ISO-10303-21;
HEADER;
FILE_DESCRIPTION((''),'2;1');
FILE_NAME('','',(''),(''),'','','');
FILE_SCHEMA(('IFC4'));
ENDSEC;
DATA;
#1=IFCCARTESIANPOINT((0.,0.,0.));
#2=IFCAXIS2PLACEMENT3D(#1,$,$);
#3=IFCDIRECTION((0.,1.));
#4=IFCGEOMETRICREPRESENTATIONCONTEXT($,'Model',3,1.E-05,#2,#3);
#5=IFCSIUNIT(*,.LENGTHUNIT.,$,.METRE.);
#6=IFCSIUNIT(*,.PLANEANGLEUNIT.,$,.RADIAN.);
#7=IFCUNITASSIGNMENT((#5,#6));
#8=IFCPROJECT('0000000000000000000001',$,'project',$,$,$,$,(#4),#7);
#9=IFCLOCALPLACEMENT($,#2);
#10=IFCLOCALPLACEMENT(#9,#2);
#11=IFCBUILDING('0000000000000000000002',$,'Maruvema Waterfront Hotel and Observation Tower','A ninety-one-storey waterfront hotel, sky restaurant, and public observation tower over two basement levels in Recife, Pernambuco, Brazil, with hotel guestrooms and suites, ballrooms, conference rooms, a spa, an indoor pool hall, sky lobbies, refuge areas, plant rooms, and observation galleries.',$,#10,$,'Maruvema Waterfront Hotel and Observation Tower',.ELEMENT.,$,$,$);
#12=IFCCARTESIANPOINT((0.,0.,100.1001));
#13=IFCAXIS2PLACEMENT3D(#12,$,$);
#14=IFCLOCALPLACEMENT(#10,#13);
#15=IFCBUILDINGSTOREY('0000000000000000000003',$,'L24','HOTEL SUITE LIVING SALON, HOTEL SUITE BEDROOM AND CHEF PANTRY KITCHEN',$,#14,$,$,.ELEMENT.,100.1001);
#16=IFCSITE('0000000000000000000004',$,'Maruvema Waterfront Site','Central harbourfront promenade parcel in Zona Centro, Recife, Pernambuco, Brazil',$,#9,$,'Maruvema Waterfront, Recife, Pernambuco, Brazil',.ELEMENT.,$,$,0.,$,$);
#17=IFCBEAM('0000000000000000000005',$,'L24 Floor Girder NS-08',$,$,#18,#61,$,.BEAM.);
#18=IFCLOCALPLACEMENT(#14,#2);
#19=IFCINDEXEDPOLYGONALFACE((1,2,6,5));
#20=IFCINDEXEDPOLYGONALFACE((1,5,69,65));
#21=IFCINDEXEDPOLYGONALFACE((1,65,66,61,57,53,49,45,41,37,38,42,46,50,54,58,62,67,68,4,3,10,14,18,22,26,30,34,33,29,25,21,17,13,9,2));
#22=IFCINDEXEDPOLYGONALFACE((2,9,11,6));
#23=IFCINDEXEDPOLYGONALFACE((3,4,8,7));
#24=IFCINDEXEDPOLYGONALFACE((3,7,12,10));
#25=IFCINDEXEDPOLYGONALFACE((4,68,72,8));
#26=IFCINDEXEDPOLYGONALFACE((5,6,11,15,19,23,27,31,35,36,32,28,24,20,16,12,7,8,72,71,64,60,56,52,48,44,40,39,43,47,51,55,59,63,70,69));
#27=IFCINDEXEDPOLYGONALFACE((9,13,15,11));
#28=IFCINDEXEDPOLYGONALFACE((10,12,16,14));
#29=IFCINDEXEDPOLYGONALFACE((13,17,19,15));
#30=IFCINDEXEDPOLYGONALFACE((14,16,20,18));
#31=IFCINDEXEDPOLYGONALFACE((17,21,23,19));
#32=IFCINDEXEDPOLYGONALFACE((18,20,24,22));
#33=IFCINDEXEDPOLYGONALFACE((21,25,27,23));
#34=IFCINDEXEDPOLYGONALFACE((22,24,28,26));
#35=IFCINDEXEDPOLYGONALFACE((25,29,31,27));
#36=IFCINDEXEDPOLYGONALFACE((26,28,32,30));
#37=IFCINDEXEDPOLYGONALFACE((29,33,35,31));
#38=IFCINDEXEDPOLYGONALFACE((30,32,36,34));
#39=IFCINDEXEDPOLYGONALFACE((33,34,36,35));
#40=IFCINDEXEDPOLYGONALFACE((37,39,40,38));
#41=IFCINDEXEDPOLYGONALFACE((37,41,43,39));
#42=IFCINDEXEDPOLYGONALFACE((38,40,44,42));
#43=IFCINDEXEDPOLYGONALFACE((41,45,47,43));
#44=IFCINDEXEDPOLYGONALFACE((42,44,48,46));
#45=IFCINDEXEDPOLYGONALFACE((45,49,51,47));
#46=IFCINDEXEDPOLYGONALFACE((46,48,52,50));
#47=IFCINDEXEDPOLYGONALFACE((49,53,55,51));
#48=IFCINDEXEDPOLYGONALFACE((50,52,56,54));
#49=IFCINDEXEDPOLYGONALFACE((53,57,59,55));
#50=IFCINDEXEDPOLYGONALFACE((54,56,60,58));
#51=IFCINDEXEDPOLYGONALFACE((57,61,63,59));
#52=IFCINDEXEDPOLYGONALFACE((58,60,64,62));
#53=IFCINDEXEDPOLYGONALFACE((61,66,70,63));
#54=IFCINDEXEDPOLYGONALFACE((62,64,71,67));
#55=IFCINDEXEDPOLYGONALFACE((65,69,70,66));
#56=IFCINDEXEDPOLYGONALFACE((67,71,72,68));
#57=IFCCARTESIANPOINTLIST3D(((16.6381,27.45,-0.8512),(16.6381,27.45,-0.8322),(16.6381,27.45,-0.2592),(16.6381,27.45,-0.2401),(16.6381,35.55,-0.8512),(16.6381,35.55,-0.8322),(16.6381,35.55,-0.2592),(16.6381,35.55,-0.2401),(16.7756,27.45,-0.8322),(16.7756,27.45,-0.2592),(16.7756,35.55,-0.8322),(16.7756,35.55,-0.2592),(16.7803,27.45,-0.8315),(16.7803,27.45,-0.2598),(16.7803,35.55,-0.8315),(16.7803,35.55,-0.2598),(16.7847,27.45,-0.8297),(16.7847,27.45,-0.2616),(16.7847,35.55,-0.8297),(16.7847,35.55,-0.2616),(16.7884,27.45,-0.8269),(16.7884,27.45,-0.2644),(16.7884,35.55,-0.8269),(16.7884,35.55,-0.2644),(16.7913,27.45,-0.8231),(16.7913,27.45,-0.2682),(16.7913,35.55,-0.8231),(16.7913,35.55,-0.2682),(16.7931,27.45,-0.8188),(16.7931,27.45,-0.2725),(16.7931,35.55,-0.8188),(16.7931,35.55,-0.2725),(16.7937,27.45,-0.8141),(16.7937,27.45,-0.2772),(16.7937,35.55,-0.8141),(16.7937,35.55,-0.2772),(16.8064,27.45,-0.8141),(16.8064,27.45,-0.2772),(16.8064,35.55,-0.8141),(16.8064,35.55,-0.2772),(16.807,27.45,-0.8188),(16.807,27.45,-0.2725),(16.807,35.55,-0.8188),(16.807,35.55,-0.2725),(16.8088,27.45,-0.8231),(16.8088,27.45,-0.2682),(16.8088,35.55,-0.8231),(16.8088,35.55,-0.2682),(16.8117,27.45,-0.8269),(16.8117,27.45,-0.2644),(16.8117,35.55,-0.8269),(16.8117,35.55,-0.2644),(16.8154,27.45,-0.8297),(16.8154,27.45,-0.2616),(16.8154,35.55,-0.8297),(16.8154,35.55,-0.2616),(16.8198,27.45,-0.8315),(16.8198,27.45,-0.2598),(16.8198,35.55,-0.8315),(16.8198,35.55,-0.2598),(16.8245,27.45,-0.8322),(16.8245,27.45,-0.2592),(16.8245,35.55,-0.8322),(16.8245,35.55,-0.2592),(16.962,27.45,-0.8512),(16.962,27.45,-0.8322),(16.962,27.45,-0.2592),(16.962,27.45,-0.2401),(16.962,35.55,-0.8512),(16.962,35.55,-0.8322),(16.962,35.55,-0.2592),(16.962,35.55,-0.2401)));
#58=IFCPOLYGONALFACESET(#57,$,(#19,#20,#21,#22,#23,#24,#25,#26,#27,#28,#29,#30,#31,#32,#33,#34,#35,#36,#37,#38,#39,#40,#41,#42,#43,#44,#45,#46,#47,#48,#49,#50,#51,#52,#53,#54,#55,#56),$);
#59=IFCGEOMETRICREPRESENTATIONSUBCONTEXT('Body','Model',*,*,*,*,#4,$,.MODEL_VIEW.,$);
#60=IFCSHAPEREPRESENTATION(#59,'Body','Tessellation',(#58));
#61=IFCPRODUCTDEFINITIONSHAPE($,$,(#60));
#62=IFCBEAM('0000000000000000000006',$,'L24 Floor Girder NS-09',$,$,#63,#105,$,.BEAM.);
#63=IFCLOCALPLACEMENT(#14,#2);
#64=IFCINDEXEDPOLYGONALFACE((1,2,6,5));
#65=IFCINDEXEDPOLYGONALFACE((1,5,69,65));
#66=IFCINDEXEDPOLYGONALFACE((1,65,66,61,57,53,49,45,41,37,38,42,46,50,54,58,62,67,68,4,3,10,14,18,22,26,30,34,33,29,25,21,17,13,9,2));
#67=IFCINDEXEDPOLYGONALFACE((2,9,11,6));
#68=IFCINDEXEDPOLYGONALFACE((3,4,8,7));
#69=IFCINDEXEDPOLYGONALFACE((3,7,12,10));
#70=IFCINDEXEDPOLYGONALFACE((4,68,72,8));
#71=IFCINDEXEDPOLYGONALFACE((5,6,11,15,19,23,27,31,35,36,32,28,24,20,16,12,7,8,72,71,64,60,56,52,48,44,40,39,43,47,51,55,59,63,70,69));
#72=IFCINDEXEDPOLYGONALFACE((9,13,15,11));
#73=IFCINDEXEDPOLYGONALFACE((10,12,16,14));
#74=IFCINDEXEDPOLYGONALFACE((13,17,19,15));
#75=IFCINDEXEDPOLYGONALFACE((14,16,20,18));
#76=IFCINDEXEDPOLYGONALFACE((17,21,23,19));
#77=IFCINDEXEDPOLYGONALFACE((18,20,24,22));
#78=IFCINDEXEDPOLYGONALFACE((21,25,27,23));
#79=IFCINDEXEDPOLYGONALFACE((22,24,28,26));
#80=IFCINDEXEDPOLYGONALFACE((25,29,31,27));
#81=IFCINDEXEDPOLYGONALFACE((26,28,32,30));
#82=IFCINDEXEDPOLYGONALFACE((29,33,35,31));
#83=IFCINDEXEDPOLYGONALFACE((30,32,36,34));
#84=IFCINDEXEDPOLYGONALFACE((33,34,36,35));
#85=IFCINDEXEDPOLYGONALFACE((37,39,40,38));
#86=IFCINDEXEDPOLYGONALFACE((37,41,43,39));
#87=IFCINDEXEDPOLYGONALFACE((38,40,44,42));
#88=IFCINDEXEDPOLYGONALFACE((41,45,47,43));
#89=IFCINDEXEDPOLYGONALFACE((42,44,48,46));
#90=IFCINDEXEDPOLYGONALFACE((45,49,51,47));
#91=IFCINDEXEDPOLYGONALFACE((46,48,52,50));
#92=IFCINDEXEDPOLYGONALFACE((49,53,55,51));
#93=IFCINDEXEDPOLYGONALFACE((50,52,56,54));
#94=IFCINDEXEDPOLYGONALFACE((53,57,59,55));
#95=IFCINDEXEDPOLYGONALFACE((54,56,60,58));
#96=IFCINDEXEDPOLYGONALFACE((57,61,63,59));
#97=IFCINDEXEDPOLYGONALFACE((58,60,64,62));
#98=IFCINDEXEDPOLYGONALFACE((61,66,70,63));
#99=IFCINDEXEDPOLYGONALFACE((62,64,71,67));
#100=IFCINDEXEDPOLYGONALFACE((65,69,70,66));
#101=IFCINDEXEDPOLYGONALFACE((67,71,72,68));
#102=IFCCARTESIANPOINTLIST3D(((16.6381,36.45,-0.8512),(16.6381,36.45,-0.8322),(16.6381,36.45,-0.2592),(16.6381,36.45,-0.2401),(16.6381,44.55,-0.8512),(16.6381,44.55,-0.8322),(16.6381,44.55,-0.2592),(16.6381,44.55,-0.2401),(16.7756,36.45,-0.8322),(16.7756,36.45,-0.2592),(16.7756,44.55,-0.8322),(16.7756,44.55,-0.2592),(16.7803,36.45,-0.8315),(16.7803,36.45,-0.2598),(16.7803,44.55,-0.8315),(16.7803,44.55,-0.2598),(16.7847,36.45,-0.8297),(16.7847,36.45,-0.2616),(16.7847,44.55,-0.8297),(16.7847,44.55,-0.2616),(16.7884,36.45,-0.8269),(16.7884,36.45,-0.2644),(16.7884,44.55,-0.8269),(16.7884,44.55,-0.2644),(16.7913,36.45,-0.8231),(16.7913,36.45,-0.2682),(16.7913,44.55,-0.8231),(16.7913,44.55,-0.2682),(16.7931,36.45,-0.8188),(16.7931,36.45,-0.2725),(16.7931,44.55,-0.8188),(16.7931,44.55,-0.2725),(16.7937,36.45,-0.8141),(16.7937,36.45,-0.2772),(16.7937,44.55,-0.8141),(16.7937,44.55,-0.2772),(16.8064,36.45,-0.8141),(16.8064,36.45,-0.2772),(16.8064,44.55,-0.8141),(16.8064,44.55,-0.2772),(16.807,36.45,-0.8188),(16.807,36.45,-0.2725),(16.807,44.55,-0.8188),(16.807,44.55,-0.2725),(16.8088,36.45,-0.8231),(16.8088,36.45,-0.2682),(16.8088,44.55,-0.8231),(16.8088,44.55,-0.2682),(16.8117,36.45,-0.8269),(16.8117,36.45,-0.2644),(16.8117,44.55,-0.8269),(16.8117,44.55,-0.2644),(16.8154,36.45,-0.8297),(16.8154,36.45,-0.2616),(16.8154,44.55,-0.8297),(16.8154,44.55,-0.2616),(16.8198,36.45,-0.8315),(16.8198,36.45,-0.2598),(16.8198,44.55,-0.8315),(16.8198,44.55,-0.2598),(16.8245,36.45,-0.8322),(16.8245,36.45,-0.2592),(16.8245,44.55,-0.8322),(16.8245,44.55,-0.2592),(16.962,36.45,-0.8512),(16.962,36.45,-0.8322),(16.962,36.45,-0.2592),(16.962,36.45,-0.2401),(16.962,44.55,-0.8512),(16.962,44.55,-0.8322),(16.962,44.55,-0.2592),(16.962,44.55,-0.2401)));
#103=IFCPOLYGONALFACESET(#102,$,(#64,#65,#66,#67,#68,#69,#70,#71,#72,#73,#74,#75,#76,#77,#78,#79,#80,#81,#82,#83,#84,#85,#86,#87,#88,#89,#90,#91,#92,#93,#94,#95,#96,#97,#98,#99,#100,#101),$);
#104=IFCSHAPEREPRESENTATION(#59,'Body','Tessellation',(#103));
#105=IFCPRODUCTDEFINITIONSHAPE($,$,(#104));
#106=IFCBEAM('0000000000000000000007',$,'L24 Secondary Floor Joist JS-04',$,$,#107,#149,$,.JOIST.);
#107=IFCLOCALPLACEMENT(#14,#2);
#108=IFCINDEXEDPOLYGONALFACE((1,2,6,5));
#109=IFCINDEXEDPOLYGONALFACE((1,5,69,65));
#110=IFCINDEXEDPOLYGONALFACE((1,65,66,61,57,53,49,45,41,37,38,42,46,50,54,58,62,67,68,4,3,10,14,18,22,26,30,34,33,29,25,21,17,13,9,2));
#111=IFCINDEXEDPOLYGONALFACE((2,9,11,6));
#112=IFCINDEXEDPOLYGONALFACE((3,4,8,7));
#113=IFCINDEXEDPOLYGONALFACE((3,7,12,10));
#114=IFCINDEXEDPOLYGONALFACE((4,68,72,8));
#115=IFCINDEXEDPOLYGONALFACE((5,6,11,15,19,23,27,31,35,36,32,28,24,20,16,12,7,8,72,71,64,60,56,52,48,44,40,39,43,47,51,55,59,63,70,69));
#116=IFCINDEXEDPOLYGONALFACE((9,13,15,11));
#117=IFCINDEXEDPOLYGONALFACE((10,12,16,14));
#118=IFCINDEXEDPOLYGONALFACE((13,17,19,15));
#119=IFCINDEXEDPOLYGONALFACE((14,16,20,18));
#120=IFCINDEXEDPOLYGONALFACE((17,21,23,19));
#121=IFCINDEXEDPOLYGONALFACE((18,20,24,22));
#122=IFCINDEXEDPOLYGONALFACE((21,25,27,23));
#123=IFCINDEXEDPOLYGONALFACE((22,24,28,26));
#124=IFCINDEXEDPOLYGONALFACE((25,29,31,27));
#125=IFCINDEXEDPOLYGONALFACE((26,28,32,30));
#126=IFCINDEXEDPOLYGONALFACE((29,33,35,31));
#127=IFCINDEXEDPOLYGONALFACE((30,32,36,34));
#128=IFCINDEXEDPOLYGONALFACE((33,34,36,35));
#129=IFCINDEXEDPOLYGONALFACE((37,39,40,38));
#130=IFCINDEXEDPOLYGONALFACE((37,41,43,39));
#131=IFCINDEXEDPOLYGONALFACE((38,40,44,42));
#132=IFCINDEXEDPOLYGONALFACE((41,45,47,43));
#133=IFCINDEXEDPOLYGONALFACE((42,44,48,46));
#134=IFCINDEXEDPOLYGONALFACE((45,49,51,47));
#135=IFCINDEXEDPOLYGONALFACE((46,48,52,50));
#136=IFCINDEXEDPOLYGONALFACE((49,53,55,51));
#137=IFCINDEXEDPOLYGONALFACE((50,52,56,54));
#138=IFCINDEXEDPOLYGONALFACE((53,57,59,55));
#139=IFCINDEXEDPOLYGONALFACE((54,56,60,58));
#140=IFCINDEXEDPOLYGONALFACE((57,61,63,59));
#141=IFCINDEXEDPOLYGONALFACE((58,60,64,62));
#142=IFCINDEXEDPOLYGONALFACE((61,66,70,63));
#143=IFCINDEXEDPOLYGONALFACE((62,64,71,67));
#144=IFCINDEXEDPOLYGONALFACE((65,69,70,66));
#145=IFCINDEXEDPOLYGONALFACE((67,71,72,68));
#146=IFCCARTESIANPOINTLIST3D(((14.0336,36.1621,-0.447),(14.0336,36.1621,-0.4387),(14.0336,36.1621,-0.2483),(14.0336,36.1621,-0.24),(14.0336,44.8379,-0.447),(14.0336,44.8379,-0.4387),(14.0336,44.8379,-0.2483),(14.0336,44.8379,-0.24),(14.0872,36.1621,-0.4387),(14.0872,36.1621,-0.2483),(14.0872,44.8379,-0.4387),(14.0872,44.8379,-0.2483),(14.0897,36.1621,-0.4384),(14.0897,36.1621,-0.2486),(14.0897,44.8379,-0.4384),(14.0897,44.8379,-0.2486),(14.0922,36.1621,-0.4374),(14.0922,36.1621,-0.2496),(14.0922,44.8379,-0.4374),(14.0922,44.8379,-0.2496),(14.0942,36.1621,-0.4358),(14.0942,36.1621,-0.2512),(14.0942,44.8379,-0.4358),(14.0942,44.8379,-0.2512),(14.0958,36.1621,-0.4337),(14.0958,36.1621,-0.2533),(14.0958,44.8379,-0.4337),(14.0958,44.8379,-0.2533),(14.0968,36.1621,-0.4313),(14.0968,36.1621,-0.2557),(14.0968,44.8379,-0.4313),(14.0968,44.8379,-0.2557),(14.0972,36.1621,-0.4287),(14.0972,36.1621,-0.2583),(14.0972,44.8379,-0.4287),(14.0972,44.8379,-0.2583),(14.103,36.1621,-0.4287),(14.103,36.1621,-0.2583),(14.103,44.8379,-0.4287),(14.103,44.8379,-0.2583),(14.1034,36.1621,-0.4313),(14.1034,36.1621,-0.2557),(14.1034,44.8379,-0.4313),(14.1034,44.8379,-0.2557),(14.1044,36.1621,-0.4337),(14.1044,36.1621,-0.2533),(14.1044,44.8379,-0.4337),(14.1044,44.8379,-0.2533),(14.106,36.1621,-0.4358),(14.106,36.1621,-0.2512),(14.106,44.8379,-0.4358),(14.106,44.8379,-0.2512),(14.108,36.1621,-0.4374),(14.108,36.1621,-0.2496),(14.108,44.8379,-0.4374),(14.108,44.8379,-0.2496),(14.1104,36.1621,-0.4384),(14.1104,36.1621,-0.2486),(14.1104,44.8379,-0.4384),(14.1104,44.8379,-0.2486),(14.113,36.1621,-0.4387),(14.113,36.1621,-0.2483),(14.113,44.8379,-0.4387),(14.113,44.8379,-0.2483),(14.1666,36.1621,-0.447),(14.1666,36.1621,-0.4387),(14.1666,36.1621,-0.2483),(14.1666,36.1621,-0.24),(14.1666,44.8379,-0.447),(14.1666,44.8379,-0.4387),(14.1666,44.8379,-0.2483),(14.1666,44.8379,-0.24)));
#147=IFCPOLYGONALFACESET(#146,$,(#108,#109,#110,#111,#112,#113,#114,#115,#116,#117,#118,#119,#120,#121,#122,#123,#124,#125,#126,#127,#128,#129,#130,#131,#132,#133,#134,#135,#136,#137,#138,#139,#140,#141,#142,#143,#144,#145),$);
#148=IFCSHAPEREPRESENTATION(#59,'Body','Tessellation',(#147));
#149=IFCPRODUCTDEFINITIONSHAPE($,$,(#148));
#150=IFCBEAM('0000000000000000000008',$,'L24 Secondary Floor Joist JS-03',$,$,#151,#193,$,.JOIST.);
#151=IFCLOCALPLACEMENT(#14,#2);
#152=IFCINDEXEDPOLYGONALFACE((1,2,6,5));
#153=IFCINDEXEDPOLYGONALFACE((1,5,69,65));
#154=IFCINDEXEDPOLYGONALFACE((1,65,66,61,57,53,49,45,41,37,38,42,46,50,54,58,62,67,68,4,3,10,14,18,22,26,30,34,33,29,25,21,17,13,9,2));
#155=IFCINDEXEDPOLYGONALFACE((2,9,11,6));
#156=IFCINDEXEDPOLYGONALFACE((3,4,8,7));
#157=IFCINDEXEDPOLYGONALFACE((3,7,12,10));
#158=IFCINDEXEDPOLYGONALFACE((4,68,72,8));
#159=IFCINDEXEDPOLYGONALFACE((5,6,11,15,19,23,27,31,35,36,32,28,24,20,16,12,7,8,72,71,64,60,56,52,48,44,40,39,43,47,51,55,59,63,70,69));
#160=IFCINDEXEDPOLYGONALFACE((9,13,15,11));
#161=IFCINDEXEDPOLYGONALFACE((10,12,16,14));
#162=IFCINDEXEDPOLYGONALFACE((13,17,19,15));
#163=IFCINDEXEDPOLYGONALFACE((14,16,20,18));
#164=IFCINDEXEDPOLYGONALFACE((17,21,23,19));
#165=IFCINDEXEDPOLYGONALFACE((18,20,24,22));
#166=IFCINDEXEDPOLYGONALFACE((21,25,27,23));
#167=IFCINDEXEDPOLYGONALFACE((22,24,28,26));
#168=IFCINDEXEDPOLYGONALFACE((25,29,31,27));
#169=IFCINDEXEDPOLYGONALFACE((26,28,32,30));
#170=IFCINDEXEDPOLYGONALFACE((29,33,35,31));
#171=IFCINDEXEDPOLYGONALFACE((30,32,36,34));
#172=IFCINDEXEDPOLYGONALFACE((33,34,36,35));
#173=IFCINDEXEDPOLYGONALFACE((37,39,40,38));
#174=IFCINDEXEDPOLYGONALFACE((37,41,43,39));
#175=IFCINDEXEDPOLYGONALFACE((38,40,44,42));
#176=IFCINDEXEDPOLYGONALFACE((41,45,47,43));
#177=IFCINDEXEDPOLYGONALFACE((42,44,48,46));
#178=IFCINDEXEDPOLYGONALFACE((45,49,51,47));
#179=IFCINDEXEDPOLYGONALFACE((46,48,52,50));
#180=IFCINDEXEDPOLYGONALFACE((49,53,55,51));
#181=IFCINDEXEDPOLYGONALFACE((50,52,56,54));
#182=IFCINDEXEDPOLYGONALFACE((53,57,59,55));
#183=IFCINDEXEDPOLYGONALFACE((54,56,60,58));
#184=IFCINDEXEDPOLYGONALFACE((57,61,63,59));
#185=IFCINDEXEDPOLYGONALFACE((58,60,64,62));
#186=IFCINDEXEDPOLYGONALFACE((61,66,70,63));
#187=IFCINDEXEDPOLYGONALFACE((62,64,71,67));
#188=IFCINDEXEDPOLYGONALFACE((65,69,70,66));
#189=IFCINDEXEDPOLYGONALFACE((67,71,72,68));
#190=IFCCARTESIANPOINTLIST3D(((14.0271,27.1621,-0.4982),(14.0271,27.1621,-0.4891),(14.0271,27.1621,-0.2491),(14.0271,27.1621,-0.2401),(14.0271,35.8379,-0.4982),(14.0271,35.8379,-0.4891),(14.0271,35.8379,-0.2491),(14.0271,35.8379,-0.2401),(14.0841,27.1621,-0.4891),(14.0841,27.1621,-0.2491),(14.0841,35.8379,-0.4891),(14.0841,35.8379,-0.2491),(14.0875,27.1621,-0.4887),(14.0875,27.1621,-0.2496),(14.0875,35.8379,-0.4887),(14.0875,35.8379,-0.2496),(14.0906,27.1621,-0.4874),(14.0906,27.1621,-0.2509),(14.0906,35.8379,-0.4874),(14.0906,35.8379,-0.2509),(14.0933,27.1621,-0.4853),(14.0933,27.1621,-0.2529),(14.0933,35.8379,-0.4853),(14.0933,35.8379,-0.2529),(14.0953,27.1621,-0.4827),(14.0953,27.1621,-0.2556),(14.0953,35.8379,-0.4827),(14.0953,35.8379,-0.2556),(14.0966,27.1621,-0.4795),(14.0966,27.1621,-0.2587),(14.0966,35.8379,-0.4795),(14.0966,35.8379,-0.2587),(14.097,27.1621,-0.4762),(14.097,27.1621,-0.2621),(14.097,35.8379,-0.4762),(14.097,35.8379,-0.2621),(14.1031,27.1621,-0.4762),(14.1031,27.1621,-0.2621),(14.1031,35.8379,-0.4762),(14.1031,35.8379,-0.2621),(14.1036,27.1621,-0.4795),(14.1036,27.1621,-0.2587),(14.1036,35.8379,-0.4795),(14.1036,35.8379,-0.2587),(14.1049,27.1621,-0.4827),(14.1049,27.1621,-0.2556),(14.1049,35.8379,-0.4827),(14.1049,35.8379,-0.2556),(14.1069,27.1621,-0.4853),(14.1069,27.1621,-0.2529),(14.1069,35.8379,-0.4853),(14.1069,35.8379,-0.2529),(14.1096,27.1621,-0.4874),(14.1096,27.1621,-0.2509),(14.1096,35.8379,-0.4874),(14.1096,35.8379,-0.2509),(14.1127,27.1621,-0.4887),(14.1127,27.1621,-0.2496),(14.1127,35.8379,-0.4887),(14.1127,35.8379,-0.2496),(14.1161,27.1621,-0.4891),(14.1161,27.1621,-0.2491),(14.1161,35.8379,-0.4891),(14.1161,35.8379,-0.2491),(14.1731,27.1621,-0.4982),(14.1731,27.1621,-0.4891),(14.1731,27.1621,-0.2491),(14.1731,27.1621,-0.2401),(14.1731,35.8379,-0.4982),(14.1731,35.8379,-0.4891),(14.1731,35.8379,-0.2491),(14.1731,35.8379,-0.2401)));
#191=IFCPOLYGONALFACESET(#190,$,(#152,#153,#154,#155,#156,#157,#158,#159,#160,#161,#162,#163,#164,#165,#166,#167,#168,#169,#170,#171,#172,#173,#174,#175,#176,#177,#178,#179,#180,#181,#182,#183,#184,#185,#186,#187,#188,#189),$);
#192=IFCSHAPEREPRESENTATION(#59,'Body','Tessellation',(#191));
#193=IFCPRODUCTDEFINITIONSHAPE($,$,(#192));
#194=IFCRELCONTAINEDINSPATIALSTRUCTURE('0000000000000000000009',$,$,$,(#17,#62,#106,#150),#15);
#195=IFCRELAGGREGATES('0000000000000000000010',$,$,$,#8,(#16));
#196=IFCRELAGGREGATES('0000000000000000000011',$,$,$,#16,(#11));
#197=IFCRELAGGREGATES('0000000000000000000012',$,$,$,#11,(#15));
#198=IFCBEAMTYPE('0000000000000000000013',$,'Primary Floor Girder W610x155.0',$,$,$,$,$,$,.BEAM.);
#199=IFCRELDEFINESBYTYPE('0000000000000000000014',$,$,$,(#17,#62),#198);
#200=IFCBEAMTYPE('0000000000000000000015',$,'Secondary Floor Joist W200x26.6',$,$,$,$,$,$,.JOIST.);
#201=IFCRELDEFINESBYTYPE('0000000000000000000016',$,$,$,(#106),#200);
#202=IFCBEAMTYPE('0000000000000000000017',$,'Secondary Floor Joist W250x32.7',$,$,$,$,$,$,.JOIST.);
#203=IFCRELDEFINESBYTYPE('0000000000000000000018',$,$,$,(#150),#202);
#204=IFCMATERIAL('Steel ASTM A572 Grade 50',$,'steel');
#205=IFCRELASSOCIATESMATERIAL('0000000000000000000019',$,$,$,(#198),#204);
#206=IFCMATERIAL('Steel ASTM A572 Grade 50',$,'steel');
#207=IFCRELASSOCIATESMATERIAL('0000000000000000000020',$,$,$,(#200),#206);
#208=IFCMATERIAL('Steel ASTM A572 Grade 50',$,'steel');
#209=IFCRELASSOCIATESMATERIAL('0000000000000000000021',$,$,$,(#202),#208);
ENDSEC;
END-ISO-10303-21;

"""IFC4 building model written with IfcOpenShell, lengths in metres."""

from ifc_helpers import new_model, si_unit, direction, frame, origin, origin_2d, place, context, subcontext, project, spatial, i_section, extrude, material, material_profile, profile_set, type_object, element, save


model = new_model("IFC4")

# Units and contexts
model_context = context("Model", 3, precision=1e-05, world=origin(), true_north=direction((0.0, 1.0)))
body_context = subcontext(model_context, "Body", "Model", "MODEL_VIEW")
ifc_project = project(units=[si_unit("LENGTHUNIT", "METRE"), si_unit("PLANEANGLEUNIT", "RADIAN")], contexts=[model_context])

# Site, building, storey
site_placement = place(None, origin())
site = spatial("IfcSite", under=ifc_project, at=site_placement, Name="Maruvema Waterfront Site", Description="Central harbourfront promenade parcel in Zona Centro, Recife, Pernambuco, Brazil", LongName="Maruvema Waterfront, Recife, Pernambuco, Brazil", CompositionType="ELEMENT", RefElevation=0.0)
building_placement = place(site_placement, origin())
building = spatial("IfcBuilding", under=site, at=building_placement, Name="Maruvema Waterfront Hotel and Observation Tower", Description="A ninety-one-storey waterfront hotel, sky restaurant, and public observation tower over two basement levels in Recife, Pernambuco, Brazil, with hotel guestrooms and suites, ballrooms, conference rooms, a spa, an indoor pool hall, sky lobbies, refuge areas, plant rooms, and observation galleries.", LongName="Maruvema Waterfront Hotel and Observation Tower", CompositionType="ELEMENT")
storey_placement = place(building_placement, frame((0.0, 0.0, 100.1001)))
storey = spatial("IfcBuildingStorey", under=building, at=storey_placement, Name="L24", Description="HOTEL SUITE LIVING SALON, HOTEL SUITE BEDROOM AND CHEF PANTRY KITCHEN", CompositionType="ELEMENT", Elevation=100.1001)

# Beams
ifc_material_1 = material(Name="Steel ASTM A572 Grade 50", Category="steel")
ifc_material_profile_1 = material_profile(ifc_material_1, i_section(OverallWidth=0.324, OverallDepth=0.6111, WebThickness=0.0127, FlangeThickness=0.019, FilletRadius=0.0181, at=origin_2d()), Name="W610x155.0")
ifc_profile_set_1 = profile_set([ifc_material_profile_1], Name="Steel ASTM A572 Grade 50")
beam_type_1 = type_object("IfcBeamType", Name="Primary Floor Girder W610x155.0", PredefinedType="BEAM", material=ifc_profile_set_1)
for number, where, z_axis, x_axis, name in (
    (1, (16.8, 27.45, -0.5457), (0.0, 1.0, 0.0), (-1.0, 0.0, 0.0), "L24 Floor Girder NS-08"),
    (2, (16.8, 36.45, -0.5457), (0.0, 1.0, 0.0), (-1.0, 0.0, 0.0), "L24 Floor Girder NS-09"),
):
    element("IfcBeam", number, at=place(storey_placement, frame(where, z_axis=z_axis, x_axis=x_axis)), inside=storey, type_object=beam_type_1, Name=name, PredefinedType="BEAM", context=body_context, shape_type="SweptSolid", body=[
        extrude(i_section(OverallWidth=0.324, OverallDepth=0.6111, WebThickness=0.0127, FlangeThickness=0.019, FilletRadius=0.0181, at=origin_2d()), origin(), (0.0, 0.0, 1.0), 8.1001),
    ])
ifc_material_2 = material(Name="Steel ASTM A572 Grade 50", Category="steel")
ifc_material_profile_2 = material_profile(ifc_material_2, i_section(OverallWidth=0.1331, OverallDepth=0.207, WebThickness=0.0059, FlangeThickness=0.0083, FilletRadius=0.01, at=origin_2d()), Name="W200x26.6")
ifc_profile_set_2 = profile_set([ifc_material_profile_2], Name="Steel ASTM A572 Grade 50")
beam_type_2 = type_object("IfcBeamType", Name="Secondary Floor Joist W200x26.6", PredefinedType="JOIST", material=ifc_profile_set_2)
beam_1_placement = place(storey_placement, frame((14.1001, 36.1621, -0.3435), z_axis=(0.0, 1.0, 0.0), x_axis=(-1.0, 0.0, 0.0)))
element("IfcBeam", 3, at=beam_1_placement, inside=storey, type_object=beam_type_2, Name="L24 Secondary Floor Joist JS-04", PredefinedType="JOIST", context=body_context, shape_type="SweptSolid", body=[
    extrude(i_section(OverallWidth=0.1331, OverallDepth=0.207, WebThickness=0.0059, FlangeThickness=0.0083, FilletRadius=0.01, at=origin_2d()), origin(), (0.0, 0.0, 1.0), 8.6758),
])
ifc_material_3 = material(Name="Steel ASTM A572 Grade 50", Category="steel")
ifc_material_profile_3 = material_profile(ifc_material_3, i_section(OverallWidth=0.146, OverallDepth=0.2581, WebThickness=0.0061, FlangeThickness=0.009, FilletRadius=0.0129, at=origin_2d()), Name="W250x32.7")
ifc_profile_set_3 = profile_set([ifc_material_profile_3], Name="Steel ASTM A572 Grade 50")
beam_type_3 = type_object("IfcBeamType", Name="Secondary Floor Joist W250x32.7", PredefinedType="JOIST", material=ifc_profile_set_3)
beam_2_placement = place(storey_placement, frame((14.1001, 27.1621, -0.3691), z_axis=(0.0, 1.0, 0.0), x_axis=(-1.0, 0.0, 0.0)))
element("IfcBeam", 4, at=beam_2_placement, inside=storey, type_object=beam_type_3, Name="L24 Secondary Floor Joist JS-03", PredefinedType="JOIST", context=body_context, shape_type="SweptSolid", body=[
    extrude(i_section(OverallWidth=0.146, OverallDepth=0.2581, WebThickness=0.0061, FlangeThickness=0.009, FilletRadius=0.0129, at=origin_2d()), origin(), (0.0, 0.0, 1.0), 8.6758),
])

save(model, "model.ifc")
